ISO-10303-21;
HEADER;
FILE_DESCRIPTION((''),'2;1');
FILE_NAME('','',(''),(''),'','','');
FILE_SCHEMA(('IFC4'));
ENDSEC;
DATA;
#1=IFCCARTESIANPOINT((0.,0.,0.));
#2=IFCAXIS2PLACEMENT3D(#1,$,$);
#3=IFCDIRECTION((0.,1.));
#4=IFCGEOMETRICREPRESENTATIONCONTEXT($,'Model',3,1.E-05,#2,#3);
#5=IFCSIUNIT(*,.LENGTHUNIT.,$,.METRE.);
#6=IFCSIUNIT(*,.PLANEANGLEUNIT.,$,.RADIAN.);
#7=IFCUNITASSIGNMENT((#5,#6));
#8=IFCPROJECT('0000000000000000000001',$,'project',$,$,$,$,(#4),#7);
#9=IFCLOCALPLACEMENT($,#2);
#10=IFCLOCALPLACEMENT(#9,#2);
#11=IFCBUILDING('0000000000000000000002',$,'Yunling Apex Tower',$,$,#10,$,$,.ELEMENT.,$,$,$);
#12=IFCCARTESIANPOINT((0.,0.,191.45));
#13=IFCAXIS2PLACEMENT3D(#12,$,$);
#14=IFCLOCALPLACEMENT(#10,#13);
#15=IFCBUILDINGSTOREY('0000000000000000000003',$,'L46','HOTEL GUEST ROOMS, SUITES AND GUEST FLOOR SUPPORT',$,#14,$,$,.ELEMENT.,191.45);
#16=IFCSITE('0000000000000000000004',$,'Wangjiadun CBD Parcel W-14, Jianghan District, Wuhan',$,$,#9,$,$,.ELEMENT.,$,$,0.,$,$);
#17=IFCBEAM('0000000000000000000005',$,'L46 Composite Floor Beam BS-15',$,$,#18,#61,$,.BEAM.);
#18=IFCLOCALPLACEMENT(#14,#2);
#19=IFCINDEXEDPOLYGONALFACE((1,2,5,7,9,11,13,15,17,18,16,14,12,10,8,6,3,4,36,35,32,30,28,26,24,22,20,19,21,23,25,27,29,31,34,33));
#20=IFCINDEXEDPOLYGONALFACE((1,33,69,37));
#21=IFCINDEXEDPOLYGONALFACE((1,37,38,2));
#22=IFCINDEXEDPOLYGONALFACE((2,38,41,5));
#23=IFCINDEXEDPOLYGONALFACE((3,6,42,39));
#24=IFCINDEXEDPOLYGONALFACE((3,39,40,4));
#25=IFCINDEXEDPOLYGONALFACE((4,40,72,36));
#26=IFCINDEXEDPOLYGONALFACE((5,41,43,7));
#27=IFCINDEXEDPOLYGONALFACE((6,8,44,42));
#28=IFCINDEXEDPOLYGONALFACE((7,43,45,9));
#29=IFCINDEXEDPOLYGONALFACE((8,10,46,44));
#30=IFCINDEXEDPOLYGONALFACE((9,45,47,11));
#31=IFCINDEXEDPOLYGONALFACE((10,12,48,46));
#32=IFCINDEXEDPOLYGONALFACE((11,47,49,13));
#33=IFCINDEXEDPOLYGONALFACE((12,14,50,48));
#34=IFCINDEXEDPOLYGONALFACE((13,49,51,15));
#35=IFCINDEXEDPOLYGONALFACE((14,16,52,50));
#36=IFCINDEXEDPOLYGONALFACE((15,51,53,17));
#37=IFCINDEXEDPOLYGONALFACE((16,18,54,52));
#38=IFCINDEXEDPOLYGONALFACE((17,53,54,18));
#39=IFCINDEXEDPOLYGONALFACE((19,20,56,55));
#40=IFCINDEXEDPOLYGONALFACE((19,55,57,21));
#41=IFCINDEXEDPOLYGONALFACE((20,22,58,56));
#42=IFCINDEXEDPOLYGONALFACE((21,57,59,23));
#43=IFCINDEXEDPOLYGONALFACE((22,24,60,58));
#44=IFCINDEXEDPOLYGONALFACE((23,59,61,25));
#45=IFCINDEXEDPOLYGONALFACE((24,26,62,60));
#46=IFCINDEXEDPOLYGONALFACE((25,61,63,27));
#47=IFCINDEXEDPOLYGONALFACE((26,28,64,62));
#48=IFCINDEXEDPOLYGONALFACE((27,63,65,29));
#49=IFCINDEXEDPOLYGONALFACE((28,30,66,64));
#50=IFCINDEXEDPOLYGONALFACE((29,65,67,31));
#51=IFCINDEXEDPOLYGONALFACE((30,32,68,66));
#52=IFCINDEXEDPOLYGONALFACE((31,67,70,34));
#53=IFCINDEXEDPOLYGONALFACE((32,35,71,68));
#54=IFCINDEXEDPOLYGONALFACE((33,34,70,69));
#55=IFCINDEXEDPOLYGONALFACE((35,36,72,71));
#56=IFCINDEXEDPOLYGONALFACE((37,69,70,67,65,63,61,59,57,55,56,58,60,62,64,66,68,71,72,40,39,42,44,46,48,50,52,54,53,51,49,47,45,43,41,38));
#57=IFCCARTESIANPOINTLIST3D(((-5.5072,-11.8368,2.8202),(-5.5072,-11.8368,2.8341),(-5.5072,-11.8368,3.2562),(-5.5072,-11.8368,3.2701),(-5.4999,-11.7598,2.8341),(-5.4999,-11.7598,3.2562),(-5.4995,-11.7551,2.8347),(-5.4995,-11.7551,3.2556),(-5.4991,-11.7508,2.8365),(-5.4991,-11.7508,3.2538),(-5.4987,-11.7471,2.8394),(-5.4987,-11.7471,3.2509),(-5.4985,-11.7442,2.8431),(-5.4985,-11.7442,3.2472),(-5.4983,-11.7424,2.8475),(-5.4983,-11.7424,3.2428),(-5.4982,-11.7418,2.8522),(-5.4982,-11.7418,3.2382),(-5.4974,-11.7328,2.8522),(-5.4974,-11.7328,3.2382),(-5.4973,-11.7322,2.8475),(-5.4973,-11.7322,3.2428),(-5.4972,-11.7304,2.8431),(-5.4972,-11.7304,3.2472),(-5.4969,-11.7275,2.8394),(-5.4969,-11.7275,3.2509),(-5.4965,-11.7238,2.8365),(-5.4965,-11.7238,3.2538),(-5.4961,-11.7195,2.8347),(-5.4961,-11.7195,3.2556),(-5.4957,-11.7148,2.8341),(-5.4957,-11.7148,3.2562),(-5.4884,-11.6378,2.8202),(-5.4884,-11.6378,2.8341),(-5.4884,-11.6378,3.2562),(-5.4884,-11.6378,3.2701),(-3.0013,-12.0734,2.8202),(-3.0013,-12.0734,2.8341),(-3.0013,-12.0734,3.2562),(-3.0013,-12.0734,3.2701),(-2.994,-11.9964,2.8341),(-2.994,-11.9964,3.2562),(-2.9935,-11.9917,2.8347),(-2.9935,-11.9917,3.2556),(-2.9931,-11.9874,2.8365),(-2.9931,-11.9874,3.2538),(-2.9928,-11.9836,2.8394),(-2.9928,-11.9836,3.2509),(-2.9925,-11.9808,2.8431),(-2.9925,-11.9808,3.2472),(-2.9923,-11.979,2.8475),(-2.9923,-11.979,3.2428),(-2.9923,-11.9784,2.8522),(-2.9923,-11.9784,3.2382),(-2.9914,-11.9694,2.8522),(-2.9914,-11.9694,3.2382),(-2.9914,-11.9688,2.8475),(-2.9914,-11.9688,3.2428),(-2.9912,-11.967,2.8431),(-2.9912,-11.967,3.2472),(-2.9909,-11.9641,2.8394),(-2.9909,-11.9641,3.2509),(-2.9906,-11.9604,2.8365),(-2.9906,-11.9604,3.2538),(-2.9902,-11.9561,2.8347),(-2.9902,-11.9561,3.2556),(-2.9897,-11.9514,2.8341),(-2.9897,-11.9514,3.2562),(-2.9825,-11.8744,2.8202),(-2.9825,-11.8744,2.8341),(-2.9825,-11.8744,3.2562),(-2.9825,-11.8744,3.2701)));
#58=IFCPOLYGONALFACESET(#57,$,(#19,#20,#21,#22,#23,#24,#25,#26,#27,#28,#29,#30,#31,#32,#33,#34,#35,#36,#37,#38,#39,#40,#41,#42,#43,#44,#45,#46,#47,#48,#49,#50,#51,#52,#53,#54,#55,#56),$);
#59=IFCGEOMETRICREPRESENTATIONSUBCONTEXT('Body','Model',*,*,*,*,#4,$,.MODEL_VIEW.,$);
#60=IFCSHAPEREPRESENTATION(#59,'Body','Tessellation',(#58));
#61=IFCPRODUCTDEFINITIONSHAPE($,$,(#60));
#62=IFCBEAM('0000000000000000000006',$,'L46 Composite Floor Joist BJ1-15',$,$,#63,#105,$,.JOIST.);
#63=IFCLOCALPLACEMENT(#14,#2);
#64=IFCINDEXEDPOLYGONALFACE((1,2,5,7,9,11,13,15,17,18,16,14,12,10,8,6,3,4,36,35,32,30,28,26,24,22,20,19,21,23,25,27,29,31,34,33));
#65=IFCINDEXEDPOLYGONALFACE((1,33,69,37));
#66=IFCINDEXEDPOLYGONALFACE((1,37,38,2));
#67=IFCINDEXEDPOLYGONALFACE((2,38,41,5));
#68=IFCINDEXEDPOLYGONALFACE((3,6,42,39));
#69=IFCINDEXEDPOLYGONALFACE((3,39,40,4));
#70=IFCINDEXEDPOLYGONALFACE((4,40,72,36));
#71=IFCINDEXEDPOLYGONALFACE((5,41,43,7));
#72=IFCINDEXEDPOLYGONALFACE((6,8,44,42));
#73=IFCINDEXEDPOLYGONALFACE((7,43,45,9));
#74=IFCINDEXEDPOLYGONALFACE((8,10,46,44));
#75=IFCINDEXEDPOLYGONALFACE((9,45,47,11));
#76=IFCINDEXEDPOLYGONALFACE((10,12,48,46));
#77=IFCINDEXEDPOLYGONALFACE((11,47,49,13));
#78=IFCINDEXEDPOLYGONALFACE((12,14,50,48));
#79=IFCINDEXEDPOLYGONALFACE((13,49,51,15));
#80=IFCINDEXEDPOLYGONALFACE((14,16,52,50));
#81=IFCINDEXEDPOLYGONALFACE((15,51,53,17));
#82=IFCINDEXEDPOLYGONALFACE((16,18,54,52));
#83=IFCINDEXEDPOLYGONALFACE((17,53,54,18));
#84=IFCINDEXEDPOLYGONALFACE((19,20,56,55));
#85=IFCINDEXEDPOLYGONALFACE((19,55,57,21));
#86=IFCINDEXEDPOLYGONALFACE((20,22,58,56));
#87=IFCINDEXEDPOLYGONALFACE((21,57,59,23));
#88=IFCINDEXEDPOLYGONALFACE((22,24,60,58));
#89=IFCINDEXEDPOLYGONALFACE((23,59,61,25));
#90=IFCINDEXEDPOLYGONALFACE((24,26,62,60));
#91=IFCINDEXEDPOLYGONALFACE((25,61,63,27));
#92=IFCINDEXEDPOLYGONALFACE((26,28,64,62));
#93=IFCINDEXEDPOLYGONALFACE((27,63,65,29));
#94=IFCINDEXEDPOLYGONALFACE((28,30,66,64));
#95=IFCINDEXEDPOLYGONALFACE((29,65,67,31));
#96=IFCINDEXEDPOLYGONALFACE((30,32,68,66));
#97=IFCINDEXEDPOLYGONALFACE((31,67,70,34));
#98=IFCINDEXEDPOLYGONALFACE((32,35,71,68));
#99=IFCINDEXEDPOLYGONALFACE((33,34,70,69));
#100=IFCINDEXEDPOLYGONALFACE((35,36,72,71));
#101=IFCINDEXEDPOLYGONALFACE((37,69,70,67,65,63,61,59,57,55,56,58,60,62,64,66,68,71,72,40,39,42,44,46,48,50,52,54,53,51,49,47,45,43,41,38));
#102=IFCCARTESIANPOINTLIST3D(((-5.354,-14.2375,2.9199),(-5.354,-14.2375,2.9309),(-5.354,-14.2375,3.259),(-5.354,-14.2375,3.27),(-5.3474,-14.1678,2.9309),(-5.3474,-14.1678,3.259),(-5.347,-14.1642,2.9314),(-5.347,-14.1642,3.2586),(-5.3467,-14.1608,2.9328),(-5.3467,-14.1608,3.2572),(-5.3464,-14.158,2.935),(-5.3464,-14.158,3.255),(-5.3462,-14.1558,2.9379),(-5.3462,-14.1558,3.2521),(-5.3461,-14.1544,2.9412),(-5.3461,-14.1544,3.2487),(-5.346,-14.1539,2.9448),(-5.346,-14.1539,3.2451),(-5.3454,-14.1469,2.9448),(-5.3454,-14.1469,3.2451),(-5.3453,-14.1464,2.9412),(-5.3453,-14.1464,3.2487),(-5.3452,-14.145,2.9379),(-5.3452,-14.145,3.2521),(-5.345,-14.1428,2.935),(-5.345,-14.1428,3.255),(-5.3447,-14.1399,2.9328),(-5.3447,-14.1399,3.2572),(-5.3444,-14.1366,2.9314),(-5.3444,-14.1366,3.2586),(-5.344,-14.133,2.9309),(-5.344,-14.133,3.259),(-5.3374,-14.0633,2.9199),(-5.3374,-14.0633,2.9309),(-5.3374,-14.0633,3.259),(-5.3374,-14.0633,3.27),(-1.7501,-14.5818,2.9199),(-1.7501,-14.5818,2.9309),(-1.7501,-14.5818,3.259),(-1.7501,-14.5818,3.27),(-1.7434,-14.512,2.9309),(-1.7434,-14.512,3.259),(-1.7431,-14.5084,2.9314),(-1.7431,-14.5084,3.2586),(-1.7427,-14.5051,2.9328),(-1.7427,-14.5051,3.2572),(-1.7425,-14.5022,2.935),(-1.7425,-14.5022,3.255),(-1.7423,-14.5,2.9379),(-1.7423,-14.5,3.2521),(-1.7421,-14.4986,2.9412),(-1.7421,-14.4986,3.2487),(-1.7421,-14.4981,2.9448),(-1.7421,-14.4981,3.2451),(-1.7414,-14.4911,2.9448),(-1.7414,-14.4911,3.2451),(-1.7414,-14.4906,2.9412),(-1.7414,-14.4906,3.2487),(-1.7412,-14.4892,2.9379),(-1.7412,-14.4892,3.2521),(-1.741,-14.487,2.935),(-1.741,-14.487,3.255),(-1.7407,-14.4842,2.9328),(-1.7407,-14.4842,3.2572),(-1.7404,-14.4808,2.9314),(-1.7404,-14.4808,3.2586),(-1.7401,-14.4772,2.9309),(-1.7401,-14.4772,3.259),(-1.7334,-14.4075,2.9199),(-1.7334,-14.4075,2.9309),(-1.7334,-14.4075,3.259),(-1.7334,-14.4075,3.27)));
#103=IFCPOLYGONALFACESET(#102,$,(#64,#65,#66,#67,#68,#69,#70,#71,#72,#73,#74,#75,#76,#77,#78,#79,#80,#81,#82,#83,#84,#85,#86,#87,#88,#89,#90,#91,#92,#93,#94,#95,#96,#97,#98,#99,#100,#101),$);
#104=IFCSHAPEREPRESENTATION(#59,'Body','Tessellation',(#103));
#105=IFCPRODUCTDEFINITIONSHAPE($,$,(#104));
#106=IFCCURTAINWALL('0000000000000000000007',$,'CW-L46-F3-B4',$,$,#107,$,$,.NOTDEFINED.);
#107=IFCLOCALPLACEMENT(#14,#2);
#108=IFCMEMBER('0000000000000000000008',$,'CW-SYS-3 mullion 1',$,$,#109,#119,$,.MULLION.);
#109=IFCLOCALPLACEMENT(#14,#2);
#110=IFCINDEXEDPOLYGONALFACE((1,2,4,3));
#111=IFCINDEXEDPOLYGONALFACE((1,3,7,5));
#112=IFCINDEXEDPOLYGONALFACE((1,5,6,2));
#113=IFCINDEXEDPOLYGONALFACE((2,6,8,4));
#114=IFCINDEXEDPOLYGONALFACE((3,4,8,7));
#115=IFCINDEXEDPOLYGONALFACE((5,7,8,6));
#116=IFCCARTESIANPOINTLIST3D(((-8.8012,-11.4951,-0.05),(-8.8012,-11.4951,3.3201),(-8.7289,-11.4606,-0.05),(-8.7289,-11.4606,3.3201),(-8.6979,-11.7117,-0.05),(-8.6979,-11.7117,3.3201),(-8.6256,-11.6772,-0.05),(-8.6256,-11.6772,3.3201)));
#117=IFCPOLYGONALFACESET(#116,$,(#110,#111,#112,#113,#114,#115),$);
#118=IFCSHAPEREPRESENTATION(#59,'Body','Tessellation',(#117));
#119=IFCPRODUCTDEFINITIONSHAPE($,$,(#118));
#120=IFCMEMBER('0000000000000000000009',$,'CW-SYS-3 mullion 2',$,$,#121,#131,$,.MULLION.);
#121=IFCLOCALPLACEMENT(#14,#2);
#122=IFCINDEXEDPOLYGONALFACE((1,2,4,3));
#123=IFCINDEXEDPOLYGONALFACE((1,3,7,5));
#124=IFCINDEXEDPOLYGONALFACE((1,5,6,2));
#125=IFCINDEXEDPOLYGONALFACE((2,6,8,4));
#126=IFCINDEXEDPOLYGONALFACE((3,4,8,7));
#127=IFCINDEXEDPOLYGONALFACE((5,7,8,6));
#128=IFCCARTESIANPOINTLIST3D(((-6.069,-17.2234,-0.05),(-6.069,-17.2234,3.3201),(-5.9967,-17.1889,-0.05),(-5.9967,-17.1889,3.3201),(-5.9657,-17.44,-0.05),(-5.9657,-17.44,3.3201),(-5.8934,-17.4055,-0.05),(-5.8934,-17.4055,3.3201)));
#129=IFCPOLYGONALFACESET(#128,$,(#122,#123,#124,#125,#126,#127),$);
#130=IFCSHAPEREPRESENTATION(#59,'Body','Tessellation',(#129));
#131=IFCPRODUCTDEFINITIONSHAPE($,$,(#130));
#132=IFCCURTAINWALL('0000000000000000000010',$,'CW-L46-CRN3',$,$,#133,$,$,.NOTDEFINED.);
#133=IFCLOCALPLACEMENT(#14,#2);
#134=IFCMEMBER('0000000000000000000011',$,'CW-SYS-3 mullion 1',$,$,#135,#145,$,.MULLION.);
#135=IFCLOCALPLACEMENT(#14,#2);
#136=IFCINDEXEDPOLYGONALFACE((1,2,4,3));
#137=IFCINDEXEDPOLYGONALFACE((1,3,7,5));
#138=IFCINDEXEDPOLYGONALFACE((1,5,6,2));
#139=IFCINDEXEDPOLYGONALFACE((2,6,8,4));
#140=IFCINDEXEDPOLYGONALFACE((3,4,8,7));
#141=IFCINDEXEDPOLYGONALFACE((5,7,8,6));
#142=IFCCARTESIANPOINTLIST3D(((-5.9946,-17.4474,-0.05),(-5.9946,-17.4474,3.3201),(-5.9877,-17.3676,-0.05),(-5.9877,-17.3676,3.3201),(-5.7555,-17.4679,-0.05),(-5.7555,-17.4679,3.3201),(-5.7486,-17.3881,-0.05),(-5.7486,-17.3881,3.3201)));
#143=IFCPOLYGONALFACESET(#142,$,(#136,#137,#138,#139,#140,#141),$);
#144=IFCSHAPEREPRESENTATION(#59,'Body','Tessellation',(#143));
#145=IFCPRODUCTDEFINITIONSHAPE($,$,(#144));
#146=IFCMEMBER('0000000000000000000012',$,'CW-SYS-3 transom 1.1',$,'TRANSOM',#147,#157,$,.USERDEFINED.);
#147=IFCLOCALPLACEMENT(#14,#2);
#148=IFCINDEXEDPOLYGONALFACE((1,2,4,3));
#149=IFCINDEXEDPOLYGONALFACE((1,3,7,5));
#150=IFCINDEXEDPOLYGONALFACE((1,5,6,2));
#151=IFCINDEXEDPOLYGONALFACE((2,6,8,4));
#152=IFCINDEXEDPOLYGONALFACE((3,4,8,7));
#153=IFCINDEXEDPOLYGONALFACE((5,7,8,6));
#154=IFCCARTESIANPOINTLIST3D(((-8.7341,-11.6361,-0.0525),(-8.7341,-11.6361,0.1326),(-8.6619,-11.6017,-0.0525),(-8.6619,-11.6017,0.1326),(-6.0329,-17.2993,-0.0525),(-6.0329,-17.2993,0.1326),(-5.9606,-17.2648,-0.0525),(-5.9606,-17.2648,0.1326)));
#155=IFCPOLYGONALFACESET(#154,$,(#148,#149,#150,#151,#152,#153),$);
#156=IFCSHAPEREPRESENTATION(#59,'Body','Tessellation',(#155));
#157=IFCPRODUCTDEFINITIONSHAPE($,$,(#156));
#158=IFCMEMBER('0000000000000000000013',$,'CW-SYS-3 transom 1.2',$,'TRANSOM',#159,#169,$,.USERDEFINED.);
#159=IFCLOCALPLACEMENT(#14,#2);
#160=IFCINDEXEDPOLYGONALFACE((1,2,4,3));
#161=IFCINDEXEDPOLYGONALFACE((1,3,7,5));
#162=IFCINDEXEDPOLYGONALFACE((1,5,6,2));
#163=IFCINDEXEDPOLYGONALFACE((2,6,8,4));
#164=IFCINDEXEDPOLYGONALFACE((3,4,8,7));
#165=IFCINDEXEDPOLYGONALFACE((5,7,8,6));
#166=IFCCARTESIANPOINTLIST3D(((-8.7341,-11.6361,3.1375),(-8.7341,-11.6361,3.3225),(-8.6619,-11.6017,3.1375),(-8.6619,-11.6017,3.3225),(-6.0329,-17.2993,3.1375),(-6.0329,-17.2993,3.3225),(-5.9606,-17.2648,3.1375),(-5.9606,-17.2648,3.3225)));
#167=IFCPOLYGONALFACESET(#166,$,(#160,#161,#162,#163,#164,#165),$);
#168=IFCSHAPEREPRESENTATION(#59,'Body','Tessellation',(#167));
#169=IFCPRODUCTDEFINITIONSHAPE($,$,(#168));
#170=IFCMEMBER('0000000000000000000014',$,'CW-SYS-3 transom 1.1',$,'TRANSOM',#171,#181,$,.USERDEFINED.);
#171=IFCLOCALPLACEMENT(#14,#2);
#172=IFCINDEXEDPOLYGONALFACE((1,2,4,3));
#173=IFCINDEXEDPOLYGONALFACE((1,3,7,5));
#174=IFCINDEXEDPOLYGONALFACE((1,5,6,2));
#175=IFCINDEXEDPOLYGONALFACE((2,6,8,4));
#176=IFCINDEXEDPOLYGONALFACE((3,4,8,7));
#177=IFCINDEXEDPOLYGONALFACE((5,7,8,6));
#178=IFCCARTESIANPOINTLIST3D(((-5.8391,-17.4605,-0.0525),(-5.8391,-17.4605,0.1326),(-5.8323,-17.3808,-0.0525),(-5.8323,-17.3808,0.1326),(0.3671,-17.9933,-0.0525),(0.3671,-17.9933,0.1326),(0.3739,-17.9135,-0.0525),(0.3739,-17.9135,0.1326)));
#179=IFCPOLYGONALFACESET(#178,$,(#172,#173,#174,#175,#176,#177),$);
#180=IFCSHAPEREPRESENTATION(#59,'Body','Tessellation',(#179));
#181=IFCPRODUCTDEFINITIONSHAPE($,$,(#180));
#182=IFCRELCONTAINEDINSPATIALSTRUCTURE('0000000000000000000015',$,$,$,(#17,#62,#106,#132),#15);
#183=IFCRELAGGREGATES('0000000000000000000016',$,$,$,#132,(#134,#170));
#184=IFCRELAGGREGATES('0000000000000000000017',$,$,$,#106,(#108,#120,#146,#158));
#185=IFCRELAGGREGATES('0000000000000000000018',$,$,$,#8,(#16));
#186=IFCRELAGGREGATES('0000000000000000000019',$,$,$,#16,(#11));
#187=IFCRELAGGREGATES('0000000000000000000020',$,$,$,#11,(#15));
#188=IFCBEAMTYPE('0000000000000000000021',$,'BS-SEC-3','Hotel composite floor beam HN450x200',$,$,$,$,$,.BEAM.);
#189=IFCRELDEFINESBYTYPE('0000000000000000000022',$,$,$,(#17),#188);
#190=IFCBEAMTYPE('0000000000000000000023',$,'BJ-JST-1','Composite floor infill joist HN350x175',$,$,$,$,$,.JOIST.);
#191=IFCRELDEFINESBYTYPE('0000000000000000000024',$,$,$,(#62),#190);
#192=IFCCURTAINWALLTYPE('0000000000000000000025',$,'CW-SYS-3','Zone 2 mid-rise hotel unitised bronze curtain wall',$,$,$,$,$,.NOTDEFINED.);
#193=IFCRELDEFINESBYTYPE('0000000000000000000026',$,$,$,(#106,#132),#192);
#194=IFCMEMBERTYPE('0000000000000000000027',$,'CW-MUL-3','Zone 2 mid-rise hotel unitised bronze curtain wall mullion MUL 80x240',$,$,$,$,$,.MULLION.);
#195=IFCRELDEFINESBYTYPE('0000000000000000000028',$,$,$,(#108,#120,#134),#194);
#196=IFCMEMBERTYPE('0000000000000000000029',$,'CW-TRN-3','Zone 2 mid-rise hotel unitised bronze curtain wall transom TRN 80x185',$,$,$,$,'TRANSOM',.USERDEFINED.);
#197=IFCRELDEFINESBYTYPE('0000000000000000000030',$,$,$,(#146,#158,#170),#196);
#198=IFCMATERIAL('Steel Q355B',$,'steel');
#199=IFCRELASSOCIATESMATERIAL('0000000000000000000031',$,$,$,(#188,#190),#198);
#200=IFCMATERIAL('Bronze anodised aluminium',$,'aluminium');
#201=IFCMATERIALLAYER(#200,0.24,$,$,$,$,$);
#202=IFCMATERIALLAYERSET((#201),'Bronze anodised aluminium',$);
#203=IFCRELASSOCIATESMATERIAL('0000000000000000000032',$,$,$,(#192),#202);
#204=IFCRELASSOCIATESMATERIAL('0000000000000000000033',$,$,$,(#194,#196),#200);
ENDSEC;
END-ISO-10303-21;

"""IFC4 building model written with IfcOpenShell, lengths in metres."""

from ifc_helpers import new_model, si_unit, direction, frame, origin, origin_2d, place, context, subcontext, project, spatial, rectangle, i_section, extrude, source, transform, mapped, material, layer, layer_set, material_profile, profile_set, type_object, element, aggregate, save


model = new_model("IFC4")

# Units and contexts
model_context = context("Model", 3, precision=1e-05, world=origin(), true_north=direction((0.0, 1.0)))
body_context = subcontext(model_context, "Body", "Model", "MODEL_VIEW")
ifc_project = project(units=[si_unit("LENGTHUNIT", "METRE"), si_unit("PLANEANGLEUNIT", "RADIAN")], contexts=[model_context])

# Site, building, storey
site_placement = place(None, origin())
site = spatial("IfcSite", under=ifc_project, at=site_placement, Name="Wangjiadun CBD Parcel W-14, Jianghan District, Wuhan", CompositionType="ELEMENT", RefElevation=0.0)
building_placement = place(site_placement, origin())
building = spatial("IfcBuilding", under=site, at=building_placement, Name="Yunling Apex Tower", CompositionType="ELEMENT")
storey_placement = place(building_placement, frame((0.0, 0.0, 191.45)))
storey = spatial("IfcBuildingStorey", under=building, at=storey_placement, Name="L46", Description="HOTEL GUEST ROOMS, SUITES AND GUEST FLOOR SUPPORT", CompositionType="ELEMENT", Elevation=191.45)

# Beams
ifc_material_1 = material(Name="Steel Q355B", Category="steel")
ifc_material_profile_1 = material_profile(ifc_material_1, i_section(OverallWidth=0.2, OverallDepth=0.45, WebThickness=0.009, FlangeThickness=0.0139, FilletRadius=0.0181, at=origin_2d()))
ifc_profile_set_1 = profile_set([ifc_material_profile_1], Name="Steel Q355B")
beam_type_1 = type_object("IfcBeamType", Name="BS-SEC-3", Description="Hotel composite floor beam HN450x200", PredefinedType="BEAM", material=ifc_profile_set_1)
ifc_material_profile_2 = material_profile(ifc_material_1, i_section(OverallWidth=0.175, OverallDepth=0.3501, WebThickness=0.0071, FlangeThickness=0.011, FilletRadius=0.0139, at=origin_2d()))
ifc_profile_set_2 = profile_set([ifc_material_profile_2], Name="Steel Q355B")
beam_type_2 = type_object("IfcBeamType", Name="BJ-JST-1", Description="Composite floor infill joist HN350x175", PredefinedType="JOIST", material=ifc_profile_set_2)
shared_shape_1 = source(origin(), body_context, "Body", "SweptSolid", [
    extrude(i_section(OverallWidth=0.2, OverallDepth=0.45, WebThickness=0.009, FlangeThickness=0.0139, FilletRadius=0.0181, at=origin_2d()), origin(), (0.0, 0.0, 1.0), 2.5171),
])
beam_1_placement = place(storey_placement, frame((-5.4978, -11.7373, 3.0452), z_axis=(0.995573, -0.09399, 0.0), x_axis=(0.09399, 0.995573, 0.0)))
element("IfcBeam", 1, at=beam_1_placement, inside=storey, type_object=beam_type_1, Name="L46 Composite Floor Beam BS-15", PredefinedType="BEAM", context=body_context, shape_type="MappedRepresentation", body=[
    mapped(shared_shape_1, transform((0.0, 0.0, 0.0), scale=1.0)),
])
shared_shape_2 = source(origin(), body_context, "Body", "SweptSolid", [
    extrude(i_section(OverallWidth=0.175, OverallDepth=0.3501, WebThickness=0.0071, FlangeThickness=0.011, FilletRadius=0.0139, at=origin_2d()), origin(), (0.0, 0.0, 1.0), 3.6204),
])
beam_2_placement = place(storey_placement, frame((-5.3457, -14.1504, 3.095), z_axis=(0.995469, -0.095083, 0.0), x_axis=(0.095083, 0.995469, 0.0)))
element("IfcBeam", 2, at=beam_2_placement, inside=storey, type_object=beam_type_2, Name="L46 Composite Floor Joist BJ1-15", PredefinedType="JOIST", context=body_context, shape_type="MappedRepresentation", body=[
    mapped(shared_shape_2, transform((0.0, 0.0, 0.0), scale=1.0)),
])

# Curtain wall, members
ifc_material_2 = material(Name="Bronze anodised aluminium", Category="aluminium")
ifc_layer_1 = layer(ifc_material_2, 0.24)
ifc_layer_set_1 = layer_set([ifc_layer_1], Name="Bronze anodised aluminium")
curtain_wall_type = type_object("IfcCurtainWallType", Name="CW-SYS-3", Description="Zone 2 mid-rise hotel unitised bronze curtain wall", PredefinedType="NOTDEFINED", material=ifc_layer_set_1)
curtain_wall_1_placement = place(storey_placement, origin())
curtain_wall_1 = element("IfcCurtainWall", 3, at=curtain_wall_1_placement, inside=storey, type_object=curtain_wall_type, Name="CW-L46-F3-B4", PredefinedType="NOTDEFINED")
ifc_material_profile_3 = material_profile(ifc_material_2, rectangle(XDim=0.0801, YDim=0.24, at=origin_2d()))
ifc_profile_set_3 = profile_set([ifc_material_profile_3], Name="Bronze anodised aluminium")
member_type_1 = type_object("IfcMemberType", Name="CW-MUL-3", Description="Zone 2 mid-rise hotel unitised bronze curtain wall mullion MUL 80x240", PredefinedType="MULLION", material=ifc_profile_set_3)
shared_shape_3 = source(origin(), body_context, "Body", "SweptSolid", [
    extrude(rectangle(XDim=0.0801, YDim=0.24, at=origin_2d()), origin(), (0.0, 0.0, 1.0), 3.3701),
])
member_1_placement = place(storey_placement, frame((-8.7134, -11.5862, -0.05), z_axis=(0.0, 0.0, 1.0), x_axis=(0.902582, 0.430518, 0.0)))
member_1 = element("IfcMember", 4, at=member_1_placement, type_object=member_type_1, Name="CW-SYS-3 mullion 1", PredefinedType="MULLION", context=body_context, shape_type="MappedRepresentation", body=[
    mapped(shared_shape_3, transform((0.0, 0.0, 0.0), scale=1.0)),
])
member_2_placement = place(storey_placement, frame((-5.9812, -17.3145, -0.05), z_axis=(0.0, 0.0, 1.0), x_axis=(0.902582, 0.430518, 0.0)))
member_2 = element("IfcMember", 5, at=member_2_placement, type_object=member_type_1, Name="CW-SYS-3 mullion 2", PredefinedType="MULLION", context=body_context, shape_type="MappedRepresentation", body=[
    mapped(shared_shape_3, transform((0.0, 0.0, 0.0), scale=1.0)),
])

# Curtain wall, member
curtain_wall_2_placement = place(storey_placement, origin())
curtain_wall_2 = element("IfcCurtainWall", 6, at=curtain_wall_2_placement, inside=storey, type_object=curtain_wall_type, Name="CW-L46-CRN3", PredefinedType="NOTDEFINED")
member_3_placement = place(storey_placement, frame((-5.8716, -17.4177, -0.05), z_axis=(0.0, 0.0, 1.0), x_axis=(0.085517, 0.996337, 0.0)))
member_3 = element("IfcMember", 7, at=member_3_placement, type_object=member_type_1, Name="CW-SYS-3 mullion 1", PredefinedType="MULLION", context=body_context, shape_type="MappedRepresentation", body=[
    mapped(shared_shape_3, transform((0.0, 0.0, 0.0), scale=1.0)),
])

# Members
ifc_material_profile_4 = material_profile(ifc_material_2, rectangle(XDim=0.0801, YDim=0.1851, at=origin_2d()))
ifc_profile_set_4 = profile_set([ifc_material_profile_4], Name="Bronze anodised aluminium")
member_type_2 = type_object("IfcMemberType", Name="CW-TRN-3", Description="Zone 2 mid-rise hotel unitised bronze curtain wall transom TRN 80x185", ElementType="TRANSOM", PredefinedType="USERDEFINED", material=ifc_profile_set_4)
shared_shape_4 = source(origin(), body_context, "Body", "SweptSolid", [
    extrude(rectangle(XDim=0.0801, YDim=0.1851, at=origin_2d()), origin(), (0.0, 0.0, 1.0), 6.2744),
])
member_4_placement = place(storey_placement, frame((-8.698, -11.6189, 0.04), z_axis=(0.430513, -0.902584, 0.0), x_axis=(0.902584, 0.430513, 0.0)))
member_4 = element("IfcMember", 8, at=member_4_placement, type_object=member_type_2, Name="CW-SYS-3 transom 1.1", ObjectType="TRANSOM", PredefinedType="USERDEFINED", context=body_context, shape_type="MappedRepresentation", body=[
    mapped(shared_shape_4, transform((0.0, 0.0, 0.0), scale=1.0)),
])
member_5_placement = place(storey_placement, frame((-8.698, -11.6189, 3.23), z_axis=(0.430513, -0.902584, 0.0), x_axis=(0.902584, 0.430513, 0.0)))
member_5 = element("IfcMember", 9, at=member_5_placement, type_object=member_type_2, Name="CW-SYS-3 transom 1.2", ObjectType="TRANSOM", PredefinedType="USERDEFINED", context=body_context, shape_type="MappedRepresentation", body=[
    mapped(shared_shape_4, transform((0.0, 0.0, 0.0), scale=1.0)),
])
shared_shape_5 = source(origin(), body_context, "Body", "SweptSolid", [
    extrude(rectangle(XDim=0.0801, YDim=0.1851, at=origin_2d()), origin(), (0.0, 0.0, 1.0), 6.229),
])
member_6_placement = place(storey_placement, frame((-5.8357, -17.4207, 0.04), z_axis=(0.996336, -0.08552, 0.0), x_axis=(0.08552, 0.996336, 0.0)))
member_6 = element("IfcMember", 10, at=member_6_placement, type_object=member_type_2, Name="CW-SYS-3 transom 1.1", ObjectType="TRANSOM", PredefinedType="USERDEFINED", context=body_context, shape_type="MappedRepresentation", body=[
    mapped(shared_shape_5, transform((0.0, 0.0, 0.0), scale=1.0)),
])

aggregate(curtain_wall_2, [member_3, member_6])
aggregate(curtain_wall_1, [member_1, member_2, member_4, member_5])

save(model, "model.ifc")
